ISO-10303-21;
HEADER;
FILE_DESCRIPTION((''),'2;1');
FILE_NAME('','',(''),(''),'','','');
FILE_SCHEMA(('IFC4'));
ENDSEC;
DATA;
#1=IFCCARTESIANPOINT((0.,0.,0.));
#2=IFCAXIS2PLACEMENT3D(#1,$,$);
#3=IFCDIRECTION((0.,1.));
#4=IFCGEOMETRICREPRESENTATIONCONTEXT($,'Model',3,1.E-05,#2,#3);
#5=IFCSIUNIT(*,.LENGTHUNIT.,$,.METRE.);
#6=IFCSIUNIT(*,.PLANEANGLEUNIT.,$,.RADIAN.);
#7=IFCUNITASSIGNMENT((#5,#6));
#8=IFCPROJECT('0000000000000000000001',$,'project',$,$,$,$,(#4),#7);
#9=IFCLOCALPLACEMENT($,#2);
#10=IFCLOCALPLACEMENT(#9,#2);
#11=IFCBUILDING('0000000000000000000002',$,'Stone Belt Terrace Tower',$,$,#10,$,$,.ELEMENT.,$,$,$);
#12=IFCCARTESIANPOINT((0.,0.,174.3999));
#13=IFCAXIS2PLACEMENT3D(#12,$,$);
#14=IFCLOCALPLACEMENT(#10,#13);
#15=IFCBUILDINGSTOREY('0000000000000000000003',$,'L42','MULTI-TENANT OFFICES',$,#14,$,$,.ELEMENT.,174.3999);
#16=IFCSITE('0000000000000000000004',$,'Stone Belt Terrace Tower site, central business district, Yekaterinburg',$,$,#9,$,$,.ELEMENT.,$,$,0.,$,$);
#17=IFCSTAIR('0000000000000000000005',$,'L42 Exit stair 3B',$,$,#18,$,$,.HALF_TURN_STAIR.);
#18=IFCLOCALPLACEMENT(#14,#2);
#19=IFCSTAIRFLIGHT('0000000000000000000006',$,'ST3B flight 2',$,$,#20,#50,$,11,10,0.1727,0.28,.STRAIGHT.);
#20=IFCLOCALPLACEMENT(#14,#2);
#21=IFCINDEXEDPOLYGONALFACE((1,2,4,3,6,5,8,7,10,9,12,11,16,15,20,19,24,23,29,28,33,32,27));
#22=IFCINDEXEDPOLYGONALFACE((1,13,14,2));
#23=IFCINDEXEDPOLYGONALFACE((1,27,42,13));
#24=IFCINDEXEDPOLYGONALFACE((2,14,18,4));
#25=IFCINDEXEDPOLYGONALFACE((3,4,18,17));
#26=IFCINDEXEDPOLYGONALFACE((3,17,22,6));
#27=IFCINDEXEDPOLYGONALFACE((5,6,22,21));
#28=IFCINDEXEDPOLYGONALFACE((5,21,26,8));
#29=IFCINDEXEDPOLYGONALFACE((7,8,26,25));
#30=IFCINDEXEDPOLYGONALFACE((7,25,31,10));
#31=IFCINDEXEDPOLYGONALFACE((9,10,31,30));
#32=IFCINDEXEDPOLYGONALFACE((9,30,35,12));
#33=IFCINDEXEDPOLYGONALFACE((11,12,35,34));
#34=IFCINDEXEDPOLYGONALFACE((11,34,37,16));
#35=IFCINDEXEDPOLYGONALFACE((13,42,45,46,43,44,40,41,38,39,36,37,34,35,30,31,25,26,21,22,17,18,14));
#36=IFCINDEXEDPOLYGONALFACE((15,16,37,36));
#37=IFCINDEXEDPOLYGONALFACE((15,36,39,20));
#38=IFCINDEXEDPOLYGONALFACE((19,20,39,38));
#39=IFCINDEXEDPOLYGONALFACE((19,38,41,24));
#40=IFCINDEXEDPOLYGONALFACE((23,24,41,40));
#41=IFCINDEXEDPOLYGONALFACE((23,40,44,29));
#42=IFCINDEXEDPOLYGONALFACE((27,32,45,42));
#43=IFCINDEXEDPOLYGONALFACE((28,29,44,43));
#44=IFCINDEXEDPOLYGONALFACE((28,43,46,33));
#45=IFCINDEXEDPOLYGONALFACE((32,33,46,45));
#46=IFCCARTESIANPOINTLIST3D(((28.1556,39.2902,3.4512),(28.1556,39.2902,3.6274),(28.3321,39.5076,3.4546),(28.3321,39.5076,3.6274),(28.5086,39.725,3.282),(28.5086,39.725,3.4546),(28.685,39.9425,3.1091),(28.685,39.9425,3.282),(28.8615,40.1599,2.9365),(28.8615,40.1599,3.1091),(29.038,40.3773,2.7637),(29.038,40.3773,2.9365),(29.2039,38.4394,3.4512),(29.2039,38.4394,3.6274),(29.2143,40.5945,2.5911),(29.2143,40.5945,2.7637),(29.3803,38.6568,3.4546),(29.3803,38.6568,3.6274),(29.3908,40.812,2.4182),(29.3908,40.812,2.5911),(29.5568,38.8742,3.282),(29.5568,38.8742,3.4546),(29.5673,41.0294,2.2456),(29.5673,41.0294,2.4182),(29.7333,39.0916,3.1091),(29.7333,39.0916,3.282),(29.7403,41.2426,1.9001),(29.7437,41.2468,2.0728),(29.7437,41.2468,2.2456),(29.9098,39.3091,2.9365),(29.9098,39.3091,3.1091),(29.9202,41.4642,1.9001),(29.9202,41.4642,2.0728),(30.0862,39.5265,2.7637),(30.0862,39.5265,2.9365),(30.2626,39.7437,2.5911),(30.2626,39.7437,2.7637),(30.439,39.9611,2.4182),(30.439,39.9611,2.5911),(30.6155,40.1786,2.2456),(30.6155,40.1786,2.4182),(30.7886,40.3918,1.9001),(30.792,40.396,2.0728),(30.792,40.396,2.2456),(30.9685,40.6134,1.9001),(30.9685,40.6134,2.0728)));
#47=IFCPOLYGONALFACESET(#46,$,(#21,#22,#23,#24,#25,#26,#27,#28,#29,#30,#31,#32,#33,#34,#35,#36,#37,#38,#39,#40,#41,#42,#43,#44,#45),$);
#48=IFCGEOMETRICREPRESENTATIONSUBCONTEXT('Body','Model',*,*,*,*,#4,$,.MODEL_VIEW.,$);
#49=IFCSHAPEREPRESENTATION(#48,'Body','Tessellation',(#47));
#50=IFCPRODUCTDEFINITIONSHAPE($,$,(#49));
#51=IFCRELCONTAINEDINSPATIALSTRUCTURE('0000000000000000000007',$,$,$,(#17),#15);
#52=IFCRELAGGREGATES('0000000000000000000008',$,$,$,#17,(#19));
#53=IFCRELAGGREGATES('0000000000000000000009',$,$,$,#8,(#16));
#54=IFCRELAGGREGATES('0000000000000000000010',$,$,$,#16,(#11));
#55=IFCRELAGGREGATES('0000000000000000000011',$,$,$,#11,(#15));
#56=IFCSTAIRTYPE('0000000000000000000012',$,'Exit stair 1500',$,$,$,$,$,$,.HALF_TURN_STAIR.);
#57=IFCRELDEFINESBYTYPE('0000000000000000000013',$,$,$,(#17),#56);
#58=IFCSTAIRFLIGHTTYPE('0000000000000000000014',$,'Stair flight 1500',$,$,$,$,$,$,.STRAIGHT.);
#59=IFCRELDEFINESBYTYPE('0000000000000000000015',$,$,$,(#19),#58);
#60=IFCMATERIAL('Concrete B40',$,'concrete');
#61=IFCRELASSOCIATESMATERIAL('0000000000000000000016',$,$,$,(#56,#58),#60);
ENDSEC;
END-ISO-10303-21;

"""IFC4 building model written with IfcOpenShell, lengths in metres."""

from ifc_helpers import new_model, si_unit, direction, frame, origin, place, context, subcontext, project, spatial, polyline, outline, extrude, material, type_object, element, aggregate, save


model = new_model("IFC4")

# Units and contexts
model_context = context("Model", 3, precision=1e-05, world=origin(), true_north=direction((0.0, 1.0)))
body_context = subcontext(model_context, "Body", "Model", "MODEL_VIEW")
ifc_project = project(units=[si_unit("LENGTHUNIT", "METRE"), si_unit("PLANEANGLEUNIT", "RADIAN")], contexts=[model_context])

# Site, building, storey
site_placement = place(None, origin())
site = spatial("IfcSite", under=ifc_project, at=site_placement, Name="Stone Belt Terrace Tower site, central business district, Yekaterinburg", CompositionType="ELEMENT", RefElevation=0.0)
building_placement = place(site_placement, origin())
building = spatial("IfcBuilding", under=site, at=building_placement, Name="Stone Belt Terrace Tower", CompositionType="ELEMENT")
storey_placement = place(building_placement, frame((0.0, 0.0, 174.3999)))
storey = spatial("IfcBuildingStorey", under=building, at=storey_placement, Name="L42", Description="MULTI-TENANT OFFICES", CompositionType="ELEMENT", Elevation=174.3999)

# Stair, stair flight
ifc_material_1 = material(Name="Concrete B40", Category="concrete")
stair_type = type_object("IfcStairType", Name="Exit stair 1500", PredefinedType="HALF_TURN_STAIR", material=ifc_material_1)
stair_placement = place(storey_placement, origin())
stair = element("IfcStair", 1, at=stair_placement, inside=storey, type_object=stair_type, Name="L42 Exit stair 3B", PredefinedType="HALF_TURN_STAIR")
stair_flight_type = type_object("IfcStairFlightType", Name="Stair flight 1500", PredefinedType="STRAIGHT", material=ifc_material_1)
stair_flight_1_placement = place(storey_placement, frame((30.4443, 41.0388, 1.9001), z_axis=(0.0, 0.0, 1.0), x_axis=(-0.630206, -0.776428, 0.0)))
stair_flight_1 = element("IfcStairFlight", 2, at=stair_flight_1_placement, type_object=stair_flight_type, Name="ST3B flight 2", NumberOfRisers=11, NumberOfTreads=10, PredefinedType="STRAIGHT", RiserHeight=0.1727, TreadLength=0.28, context=body_context, shape_type="SweptSolid", body=[
    extrude(outline(polyline([(0.0, 0.0), (0.0, 0.1726), (0.28, 0.1726), (0.28, 0.3455), (0.5601, 0.3455), (0.5601, 0.5181), (0.8401, 0.5181), (0.8401, 0.6909), (1.1201, 0.6909), (1.1201, 0.8635), (1.3999, 0.8635), (1.3999, 1.0364), (1.6799, 1.0364), (1.6799, 1.209), (1.96, 1.209), (1.96, 1.3818), (2.24, 1.3818), (2.24, 1.5544), (2.52, 1.5544), (2.52, 1.7273), (2.8, 1.7273), (2.8, 1.8999), (2.8, 1.551), (0.2854, 0.0), (0.0, 0.0)])), frame((0.0, 0.675, 0.0), z_axis=(0.0, -1.0, 0.0), x_axis=(1.0, 0.0, 0.0)), (0.0, 0.0, 1.0), 1.3501),
])
aggregate(stair, [stair_flight_1])

save(model, "model.ifc")
